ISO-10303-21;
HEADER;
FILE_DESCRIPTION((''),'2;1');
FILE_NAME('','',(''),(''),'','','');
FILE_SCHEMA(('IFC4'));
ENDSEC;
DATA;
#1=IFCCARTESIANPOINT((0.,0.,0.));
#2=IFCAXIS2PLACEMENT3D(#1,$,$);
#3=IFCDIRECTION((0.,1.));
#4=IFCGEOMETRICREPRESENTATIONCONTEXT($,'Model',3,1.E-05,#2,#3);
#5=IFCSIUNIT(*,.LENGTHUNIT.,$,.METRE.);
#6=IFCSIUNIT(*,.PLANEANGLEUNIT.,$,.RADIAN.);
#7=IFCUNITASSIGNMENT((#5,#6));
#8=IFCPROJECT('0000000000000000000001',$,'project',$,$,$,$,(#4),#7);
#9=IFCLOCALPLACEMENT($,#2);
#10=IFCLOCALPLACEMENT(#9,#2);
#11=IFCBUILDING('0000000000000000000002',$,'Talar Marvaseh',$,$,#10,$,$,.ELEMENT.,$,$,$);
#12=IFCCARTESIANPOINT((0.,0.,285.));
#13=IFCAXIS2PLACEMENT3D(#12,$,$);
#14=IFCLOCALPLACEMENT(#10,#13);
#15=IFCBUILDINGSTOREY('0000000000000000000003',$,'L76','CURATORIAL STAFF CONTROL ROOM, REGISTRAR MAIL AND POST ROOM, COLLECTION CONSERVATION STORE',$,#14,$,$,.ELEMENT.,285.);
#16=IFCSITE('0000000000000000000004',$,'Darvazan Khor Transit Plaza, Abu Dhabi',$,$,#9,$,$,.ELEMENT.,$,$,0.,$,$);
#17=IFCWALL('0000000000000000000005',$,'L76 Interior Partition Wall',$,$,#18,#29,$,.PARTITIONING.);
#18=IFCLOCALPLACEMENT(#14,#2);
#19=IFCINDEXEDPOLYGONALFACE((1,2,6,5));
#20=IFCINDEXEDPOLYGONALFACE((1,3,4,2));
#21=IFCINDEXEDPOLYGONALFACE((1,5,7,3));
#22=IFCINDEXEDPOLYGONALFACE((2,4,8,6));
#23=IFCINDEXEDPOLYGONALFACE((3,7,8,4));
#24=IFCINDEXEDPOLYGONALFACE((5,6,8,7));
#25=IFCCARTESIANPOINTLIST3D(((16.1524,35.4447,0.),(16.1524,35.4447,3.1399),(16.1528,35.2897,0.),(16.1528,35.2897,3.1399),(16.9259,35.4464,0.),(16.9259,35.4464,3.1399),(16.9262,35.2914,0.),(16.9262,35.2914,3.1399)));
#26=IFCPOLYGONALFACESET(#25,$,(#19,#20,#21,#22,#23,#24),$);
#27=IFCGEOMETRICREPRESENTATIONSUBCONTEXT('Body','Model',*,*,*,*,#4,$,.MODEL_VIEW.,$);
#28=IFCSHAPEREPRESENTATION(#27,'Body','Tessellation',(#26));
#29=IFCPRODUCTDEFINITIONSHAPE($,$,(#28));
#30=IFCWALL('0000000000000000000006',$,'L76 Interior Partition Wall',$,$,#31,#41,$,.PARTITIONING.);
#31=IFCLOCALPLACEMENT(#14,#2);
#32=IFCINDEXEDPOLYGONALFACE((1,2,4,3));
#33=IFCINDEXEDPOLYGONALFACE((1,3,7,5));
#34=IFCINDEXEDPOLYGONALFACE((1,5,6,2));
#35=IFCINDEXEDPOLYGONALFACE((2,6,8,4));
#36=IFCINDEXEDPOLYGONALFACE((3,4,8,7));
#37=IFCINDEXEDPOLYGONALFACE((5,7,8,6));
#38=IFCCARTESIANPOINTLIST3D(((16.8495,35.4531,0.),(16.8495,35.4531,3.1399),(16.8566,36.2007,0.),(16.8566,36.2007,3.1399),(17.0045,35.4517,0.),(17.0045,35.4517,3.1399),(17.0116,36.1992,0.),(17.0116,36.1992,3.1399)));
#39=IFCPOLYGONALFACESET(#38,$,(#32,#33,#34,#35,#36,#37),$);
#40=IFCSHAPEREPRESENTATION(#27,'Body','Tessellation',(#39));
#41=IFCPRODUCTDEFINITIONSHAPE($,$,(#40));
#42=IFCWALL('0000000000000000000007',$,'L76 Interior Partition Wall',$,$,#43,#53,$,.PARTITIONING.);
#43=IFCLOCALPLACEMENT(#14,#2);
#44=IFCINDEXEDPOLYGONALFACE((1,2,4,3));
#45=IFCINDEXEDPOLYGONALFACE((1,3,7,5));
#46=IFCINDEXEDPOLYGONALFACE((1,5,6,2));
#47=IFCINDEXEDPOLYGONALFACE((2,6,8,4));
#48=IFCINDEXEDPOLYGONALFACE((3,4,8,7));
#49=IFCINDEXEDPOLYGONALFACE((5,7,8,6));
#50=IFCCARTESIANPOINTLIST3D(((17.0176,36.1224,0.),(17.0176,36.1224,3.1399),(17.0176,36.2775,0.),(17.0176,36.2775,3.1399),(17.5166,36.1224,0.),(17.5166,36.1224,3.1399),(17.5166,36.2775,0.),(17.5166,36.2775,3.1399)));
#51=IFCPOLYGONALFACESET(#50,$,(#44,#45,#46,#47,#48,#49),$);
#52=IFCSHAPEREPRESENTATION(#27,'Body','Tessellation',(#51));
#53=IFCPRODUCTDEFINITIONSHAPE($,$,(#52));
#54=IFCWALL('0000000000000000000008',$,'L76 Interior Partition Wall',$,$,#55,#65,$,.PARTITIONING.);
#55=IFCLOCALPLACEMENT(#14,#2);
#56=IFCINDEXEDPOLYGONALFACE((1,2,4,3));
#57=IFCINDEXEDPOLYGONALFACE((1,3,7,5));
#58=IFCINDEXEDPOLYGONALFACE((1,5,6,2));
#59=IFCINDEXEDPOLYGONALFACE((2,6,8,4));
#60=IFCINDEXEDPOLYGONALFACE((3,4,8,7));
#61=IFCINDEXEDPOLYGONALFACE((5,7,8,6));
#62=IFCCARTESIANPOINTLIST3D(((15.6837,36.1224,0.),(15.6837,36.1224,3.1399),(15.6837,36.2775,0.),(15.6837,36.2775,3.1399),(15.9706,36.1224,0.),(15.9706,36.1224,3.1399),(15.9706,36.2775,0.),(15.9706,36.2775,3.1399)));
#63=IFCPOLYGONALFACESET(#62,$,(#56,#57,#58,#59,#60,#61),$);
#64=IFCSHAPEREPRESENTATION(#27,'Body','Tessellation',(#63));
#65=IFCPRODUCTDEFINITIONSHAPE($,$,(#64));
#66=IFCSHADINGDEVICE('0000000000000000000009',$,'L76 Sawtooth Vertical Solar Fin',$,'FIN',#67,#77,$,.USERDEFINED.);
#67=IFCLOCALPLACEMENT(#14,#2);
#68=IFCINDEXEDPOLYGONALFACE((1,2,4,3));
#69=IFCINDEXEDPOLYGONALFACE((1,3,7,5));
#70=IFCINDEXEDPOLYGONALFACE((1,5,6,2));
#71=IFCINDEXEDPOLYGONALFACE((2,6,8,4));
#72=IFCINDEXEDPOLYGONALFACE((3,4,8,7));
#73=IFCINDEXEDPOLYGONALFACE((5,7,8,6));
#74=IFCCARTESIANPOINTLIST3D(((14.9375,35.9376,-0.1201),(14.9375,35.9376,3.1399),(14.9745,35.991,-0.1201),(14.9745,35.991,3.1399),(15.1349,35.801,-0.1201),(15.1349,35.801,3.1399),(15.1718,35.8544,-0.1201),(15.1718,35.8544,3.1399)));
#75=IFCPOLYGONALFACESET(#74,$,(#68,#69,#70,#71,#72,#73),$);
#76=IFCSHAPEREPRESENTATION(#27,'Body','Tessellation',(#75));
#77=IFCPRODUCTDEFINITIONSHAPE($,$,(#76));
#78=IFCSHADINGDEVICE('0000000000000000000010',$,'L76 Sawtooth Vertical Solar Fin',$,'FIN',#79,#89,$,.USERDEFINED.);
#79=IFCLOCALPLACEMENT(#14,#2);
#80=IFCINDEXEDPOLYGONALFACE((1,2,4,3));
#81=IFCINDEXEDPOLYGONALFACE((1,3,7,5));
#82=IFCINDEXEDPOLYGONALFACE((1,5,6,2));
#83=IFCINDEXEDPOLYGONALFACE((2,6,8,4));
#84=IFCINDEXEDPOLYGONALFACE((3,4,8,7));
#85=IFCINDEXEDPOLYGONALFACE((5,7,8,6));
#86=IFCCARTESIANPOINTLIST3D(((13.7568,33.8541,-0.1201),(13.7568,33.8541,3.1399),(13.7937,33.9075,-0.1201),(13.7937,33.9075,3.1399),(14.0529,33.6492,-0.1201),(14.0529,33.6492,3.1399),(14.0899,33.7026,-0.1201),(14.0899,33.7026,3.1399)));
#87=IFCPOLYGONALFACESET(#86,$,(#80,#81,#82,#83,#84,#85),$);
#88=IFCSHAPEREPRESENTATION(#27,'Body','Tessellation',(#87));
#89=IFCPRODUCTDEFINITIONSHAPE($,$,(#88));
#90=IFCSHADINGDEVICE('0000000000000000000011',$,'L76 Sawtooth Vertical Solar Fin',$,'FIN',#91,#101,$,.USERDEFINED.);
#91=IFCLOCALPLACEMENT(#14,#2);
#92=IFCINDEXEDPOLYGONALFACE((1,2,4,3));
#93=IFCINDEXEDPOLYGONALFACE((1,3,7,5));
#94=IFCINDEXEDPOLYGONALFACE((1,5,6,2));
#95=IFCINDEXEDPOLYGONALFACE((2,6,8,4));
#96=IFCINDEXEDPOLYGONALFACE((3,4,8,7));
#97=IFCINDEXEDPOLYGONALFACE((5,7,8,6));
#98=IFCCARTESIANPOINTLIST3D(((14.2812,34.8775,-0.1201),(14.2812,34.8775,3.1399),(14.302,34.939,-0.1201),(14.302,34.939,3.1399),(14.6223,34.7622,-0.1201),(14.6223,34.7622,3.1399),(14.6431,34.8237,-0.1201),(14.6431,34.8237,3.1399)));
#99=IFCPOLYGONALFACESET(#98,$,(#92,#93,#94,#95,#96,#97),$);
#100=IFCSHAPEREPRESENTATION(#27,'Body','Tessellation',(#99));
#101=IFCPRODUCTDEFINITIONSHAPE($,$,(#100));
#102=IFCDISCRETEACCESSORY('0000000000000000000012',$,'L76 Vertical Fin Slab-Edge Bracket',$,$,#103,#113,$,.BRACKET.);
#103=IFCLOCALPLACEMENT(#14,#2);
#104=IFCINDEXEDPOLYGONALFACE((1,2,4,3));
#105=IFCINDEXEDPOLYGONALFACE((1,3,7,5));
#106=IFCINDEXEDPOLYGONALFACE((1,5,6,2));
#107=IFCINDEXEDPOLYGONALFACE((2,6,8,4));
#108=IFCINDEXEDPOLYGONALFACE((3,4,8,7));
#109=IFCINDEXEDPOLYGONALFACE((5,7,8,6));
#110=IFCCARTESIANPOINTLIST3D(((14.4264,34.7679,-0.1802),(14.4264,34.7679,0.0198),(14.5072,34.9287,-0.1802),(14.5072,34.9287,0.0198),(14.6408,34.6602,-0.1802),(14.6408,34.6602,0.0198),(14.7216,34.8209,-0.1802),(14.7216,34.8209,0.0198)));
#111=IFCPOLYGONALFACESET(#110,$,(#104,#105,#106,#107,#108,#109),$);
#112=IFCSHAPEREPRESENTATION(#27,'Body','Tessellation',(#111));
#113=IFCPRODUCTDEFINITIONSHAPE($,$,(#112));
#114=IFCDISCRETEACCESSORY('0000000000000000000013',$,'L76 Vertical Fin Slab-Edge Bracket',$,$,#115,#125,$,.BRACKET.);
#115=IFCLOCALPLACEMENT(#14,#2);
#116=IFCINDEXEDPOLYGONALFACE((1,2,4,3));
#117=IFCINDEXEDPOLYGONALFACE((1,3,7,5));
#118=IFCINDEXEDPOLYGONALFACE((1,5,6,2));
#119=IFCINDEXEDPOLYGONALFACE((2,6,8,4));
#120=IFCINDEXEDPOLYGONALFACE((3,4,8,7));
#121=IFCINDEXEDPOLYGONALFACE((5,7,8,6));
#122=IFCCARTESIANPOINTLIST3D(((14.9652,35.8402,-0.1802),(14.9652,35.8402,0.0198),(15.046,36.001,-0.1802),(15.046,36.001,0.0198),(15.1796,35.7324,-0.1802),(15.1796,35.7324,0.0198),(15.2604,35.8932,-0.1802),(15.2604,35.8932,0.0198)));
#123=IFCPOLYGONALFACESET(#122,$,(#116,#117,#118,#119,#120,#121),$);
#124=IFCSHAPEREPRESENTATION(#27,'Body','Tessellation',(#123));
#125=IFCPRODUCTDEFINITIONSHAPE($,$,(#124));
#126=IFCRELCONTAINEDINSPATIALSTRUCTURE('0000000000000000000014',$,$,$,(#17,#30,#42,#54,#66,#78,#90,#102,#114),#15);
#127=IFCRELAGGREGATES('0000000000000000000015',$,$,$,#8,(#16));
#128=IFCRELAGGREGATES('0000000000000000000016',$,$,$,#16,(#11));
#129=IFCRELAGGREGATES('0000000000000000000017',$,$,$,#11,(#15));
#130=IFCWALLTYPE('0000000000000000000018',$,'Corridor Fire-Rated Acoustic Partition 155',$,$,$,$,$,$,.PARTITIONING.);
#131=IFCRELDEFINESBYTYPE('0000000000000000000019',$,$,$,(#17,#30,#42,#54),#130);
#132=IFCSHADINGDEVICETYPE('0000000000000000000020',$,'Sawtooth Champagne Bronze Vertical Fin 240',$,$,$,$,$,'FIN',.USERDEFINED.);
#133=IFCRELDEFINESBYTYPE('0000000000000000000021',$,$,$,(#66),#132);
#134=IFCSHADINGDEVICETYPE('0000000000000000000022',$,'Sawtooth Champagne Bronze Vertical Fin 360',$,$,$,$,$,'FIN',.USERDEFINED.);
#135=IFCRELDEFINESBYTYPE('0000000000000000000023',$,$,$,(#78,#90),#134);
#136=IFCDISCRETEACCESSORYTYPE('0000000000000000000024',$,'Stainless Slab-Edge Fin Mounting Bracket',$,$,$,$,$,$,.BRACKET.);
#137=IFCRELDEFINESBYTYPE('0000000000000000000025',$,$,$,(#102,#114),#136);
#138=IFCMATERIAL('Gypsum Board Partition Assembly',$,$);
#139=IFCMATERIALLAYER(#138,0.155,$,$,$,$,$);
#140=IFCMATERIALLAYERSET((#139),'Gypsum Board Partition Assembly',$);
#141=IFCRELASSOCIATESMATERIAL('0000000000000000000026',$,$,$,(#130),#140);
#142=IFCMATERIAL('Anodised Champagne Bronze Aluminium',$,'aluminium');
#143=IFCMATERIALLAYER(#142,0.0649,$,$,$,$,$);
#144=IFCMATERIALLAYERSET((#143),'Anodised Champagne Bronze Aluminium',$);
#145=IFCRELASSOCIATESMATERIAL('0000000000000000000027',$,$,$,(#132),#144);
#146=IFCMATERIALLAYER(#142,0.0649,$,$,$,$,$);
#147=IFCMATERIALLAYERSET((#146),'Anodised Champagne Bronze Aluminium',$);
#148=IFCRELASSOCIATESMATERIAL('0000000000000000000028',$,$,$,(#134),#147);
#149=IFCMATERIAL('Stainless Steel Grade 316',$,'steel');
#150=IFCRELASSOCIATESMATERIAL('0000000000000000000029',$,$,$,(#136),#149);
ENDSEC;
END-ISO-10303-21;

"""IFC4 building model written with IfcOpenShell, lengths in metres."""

from ifc_helpers import new_model, si_unit, direction, frame, frame_2d, origin, origin_2d, place, context, subcontext, project, spatial, rectangle, extrude, source, transform, mapped, material, layer, layer_set, type_object, type_shapes, element, save


model = new_model("IFC4")

# Units and contexts
model_context = context("Model", 3, precision=1e-05, world=origin(), true_north=direction((0.0, 1.0)))
body_context = subcontext(model_context, "Body", "Model", "MODEL_VIEW")
ifc_project = project(units=[si_unit("LENGTHUNIT", "METRE"), si_unit("PLANEANGLEUNIT", "RADIAN")], contexts=[model_context])

# Site, building, storey
site_placement = place(None, origin())
site = spatial("IfcSite", under=ifc_project, at=site_placement, Name="Darvazan Khor Transit Plaza, Abu Dhabi", CompositionType="ELEMENT", RefElevation=0.0)
building_placement = place(site_placement, origin())
building = spatial("IfcBuilding", under=site, at=building_placement, Name="Talar Marvaseh", CompositionType="ELEMENT")
storey_placement = place(building_placement, frame((0.0, 0.0, 285.0)))
storey = spatial("IfcBuildingStorey", under=building, at=storey_placement, Name="L76", Description="CURATORIAL STAFF CONTROL ROOM, REGISTRAR MAIL AND POST ROOM, COLLECTION CONSERVATION STORE", CompositionType="ELEMENT", Elevation=285.0)

# Walls
ifc_material_1 = material(Name="Gypsum Board Partition Assembly")
ifc_layer_1 = layer(ifc_material_1, 0.155)
ifc_layer_set_1 = layer_set([ifc_layer_1], Name="Gypsum Board Partition Assembly")
wall_type_1 = type_object("IfcWallType", Name="Corridor Fire-Rated Acoustic Partition 155", PredefinedType="PARTITIONING", material=ifc_layer_set_1)
wall_1_placement = place(storey_placement, frame((16.1526, 35.3672, 0.0), z_axis=(0.0, 0.0, 1.0), x_axis=(0.999998, 0.00221, 0.0)))
element("IfcWall", 1, at=wall_1_placement, inside=storey, type_object=wall_type_1, Name="L76 Interior Partition Wall", PredefinedType="PARTITIONING", context=body_context, shape_type="SweptSolid", body=[
    extrude(rectangle(XDim=0.7734, YDim=0.155, at=frame_2d((0.3867, 0.0))), origin(), (0.0, 0.0, 1.0), 3.1399),
])
wall_2_placement = place(storey_placement, frame((16.927, 35.4524, 0.0), z_axis=(0.0, 0.0, 1.0), x_axis=(0.009471, 0.999955, 0.0)))
element("IfcWall", 2, at=wall_2_placement, inside=storey, type_object=wall_type_1, Name="L76 Interior Partition Wall", PredefinedType="PARTITIONING", context=body_context, shape_type="SweptSolid", body=[
    extrude(rectangle(XDim=0.7476, YDim=0.155, at=frame_2d((0.3738, 0.0))), origin(), (0.0, 0.0, 1.0), 3.1399),
])
wall_3_placement = place(storey_placement, frame((17.0176, 36.2, 0.0), z_axis=(0.0, 0.0, 1.0), x_axis=(1.0, 0.0, 0.0)))
element("IfcWall", 3, at=wall_3_placement, inside=storey, type_object=wall_type_1, Name="L76 Interior Partition Wall", PredefinedType="PARTITIONING", context=body_context, shape_type="SweptSolid", body=[
    extrude(rectangle(XDim=0.499, YDim=0.155, at=frame_2d((0.2495, 0.0))), origin(), (0.0, 0.0, 1.0), 3.1399),
])
wall_4_placement = place(storey_placement, frame((15.6836, 36.2, 0.0), z_axis=(0.0, 0.0, 1.0), x_axis=(1.0, 0.0, 0.0)))
element("IfcWall", 4, at=wall_4_placement, inside=storey, type_object=wall_type_1, Name="L76 Interior Partition Wall", PredefinedType="PARTITIONING", context=body_context, shape_type="SweptSolid", body=[
    extrude(rectangle(XDim=0.2869, YDim=0.155, at=frame_2d((0.1436, 0.0))), origin(), (0.0, 0.0, 1.0), 3.1399),
])

# Shading devices
ifc_material_2 = material(Name="Anodised Champagne Bronze Aluminium", Category="aluminium")
ifc_layer_2 = layer(ifc_material_2, 0.0649)
ifc_layer_set_2 = layer_set([ifc_layer_2], Name="Anodised Champagne Bronze Aluminium")
shading_device_type_1 = type_object("IfcShadingDeviceType", Name="Sawtooth Champagne Bronze Vertical Fin 240", ElementType="FIN", PredefinedType="USERDEFINED", material=ifc_layer_set_2)
shared_shape_1 = source(origin(), body_context, "Body", "SweptSolid", [
    extrude(rectangle(XDim=0.24, YDim=0.0649, at=origin_2d()), origin(), (0.0, 0.0, 1.0), 3.26),
])
type_shapes(shading_device_type_1, [shared_shape_1])
shading_device_placement = place(storey_placement, frame((15.0547, 35.896, -0.1201), z_axis=(0.0, 0.0, 1.0), x_axis=(-0.822343, 0.568993, 0.0)))
element("IfcShadingDevice", 5, at=shading_device_placement, inside=storey, type_object=shading_device_type_1, Name="L76 Sawtooth Vertical Solar Fin", ObjectType="FIN", PredefinedType="USERDEFINED", context=body_context, shape_type="MappedRepresentation", body=[
    mapped(shared_shape_1, transform((0.0, 0.0, 0.0), x_axis=(1.0, 0.0, 0.0), y_axis=(0.0, 1.0, 0.0), z_axis=(0.0, 0.0, 1.0), scale=1.0)),
])
ifc_layer_3 = layer(ifc_material_2, 0.0649)
ifc_layer_set_3 = layer_set([ifc_layer_3], Name="Anodised Champagne Bronze Aluminium")
shading_device_type_2 = type_object("IfcShadingDeviceType", Name="Sawtooth Champagne Bronze Vertical Fin 360", ElementType="FIN", PredefinedType="USERDEFINED", material=ifc_layer_set_3)
shared_shape_2 = source(origin(), body_context, "Body", "SweptSolid", [
    extrude(rectangle(XDim=0.3601, YDim=0.0649, at=origin_2d()), origin(), (0.0, 0.0, 1.0), 3.26),
])
type_shapes(shading_device_type_2, [shared_shape_2])
for number, where, z_axis, x_axis, name in (
    (6, (13.9233, 33.7783, -0.1201), (0.0, 0.0, 1.0), (-0.822343, 0.568993, 0.0), "L76 Sawtooth Vertical Solar Fin"),
    (7, (14.4622, 34.8506, -0.1201), (0.0, 0.0, 1.0), (-0.947322, 0.320282, 0.0), "L76 Sawtooth Vertical Solar Fin"),
):
    element("IfcShadingDevice", number, at=place(storey_placement, frame(where, z_axis=z_axis, x_axis=x_axis)), inside=storey, type_object=shading_device_type_2, Name=name, ObjectType="FIN", PredefinedType="USERDEFINED", context=body_context, shape_type="MappedRepresentation", body=[
        mapped(shared_shape_2, transform((0.0, 0.0, 0.0), x_axis=(1.0, 0.0, 0.0), y_axis=(0.0, 1.0, 0.0), z_axis=(0.0, 0.0, 1.0), scale=1.0)),
    ])

# Discrete accessories
ifc_material_3 = material(Name="Stainless Steel Grade 316", Category="steel")
discrete_accessory_type = type_object("IfcDiscreteAccessoryType", Name="Stainless Slab-Edge Fin Mounting Bracket", PredefinedType="BRACKET", material=ifc_material_3)
shared_shape_3 = source(origin(), body_context, "Body", "SweptSolid", [
    extrude(rectangle(XDim=0.24, YDim=0.1799, at=origin_2d()), origin(), (0.0, 0.0, 1.0), 0.2),
])
type_shapes(discrete_accessory_type, [shared_shape_3])
for number, where, z_axis, x_axis, name in (
    (8, (14.574, 34.7944, -0.1802), (0.0, 0.0, 1.0), (-0.893528, 0.449007, 0.0), "L76 Vertical Fin Slab-Edge Bracket"),
    (9, (15.1128, 35.8667, -0.1802), (0.0, 0.0, 1.0), (-0.893528, 0.449007, 0.0), "L76 Vertical Fin Slab-Edge Bracket"),
):
    element("IfcDiscreteAccessory", number, at=place(storey_placement, frame(where, z_axis=z_axis, x_axis=x_axis)), inside=storey, type_object=discrete_accessory_type, Name=name, PredefinedType="BRACKET", context=body_context, shape_type="MappedRepresentation", body=[
        mapped(shared_shape_3, transform((0.0, 0.0, 0.0), x_axis=(1.0, 0.0, 0.0), y_axis=(0.0, 1.0, 0.0), z_axis=(0.0, 0.0, 1.0), scale=1.0)),
    ])

save(model, "model.ifc")
